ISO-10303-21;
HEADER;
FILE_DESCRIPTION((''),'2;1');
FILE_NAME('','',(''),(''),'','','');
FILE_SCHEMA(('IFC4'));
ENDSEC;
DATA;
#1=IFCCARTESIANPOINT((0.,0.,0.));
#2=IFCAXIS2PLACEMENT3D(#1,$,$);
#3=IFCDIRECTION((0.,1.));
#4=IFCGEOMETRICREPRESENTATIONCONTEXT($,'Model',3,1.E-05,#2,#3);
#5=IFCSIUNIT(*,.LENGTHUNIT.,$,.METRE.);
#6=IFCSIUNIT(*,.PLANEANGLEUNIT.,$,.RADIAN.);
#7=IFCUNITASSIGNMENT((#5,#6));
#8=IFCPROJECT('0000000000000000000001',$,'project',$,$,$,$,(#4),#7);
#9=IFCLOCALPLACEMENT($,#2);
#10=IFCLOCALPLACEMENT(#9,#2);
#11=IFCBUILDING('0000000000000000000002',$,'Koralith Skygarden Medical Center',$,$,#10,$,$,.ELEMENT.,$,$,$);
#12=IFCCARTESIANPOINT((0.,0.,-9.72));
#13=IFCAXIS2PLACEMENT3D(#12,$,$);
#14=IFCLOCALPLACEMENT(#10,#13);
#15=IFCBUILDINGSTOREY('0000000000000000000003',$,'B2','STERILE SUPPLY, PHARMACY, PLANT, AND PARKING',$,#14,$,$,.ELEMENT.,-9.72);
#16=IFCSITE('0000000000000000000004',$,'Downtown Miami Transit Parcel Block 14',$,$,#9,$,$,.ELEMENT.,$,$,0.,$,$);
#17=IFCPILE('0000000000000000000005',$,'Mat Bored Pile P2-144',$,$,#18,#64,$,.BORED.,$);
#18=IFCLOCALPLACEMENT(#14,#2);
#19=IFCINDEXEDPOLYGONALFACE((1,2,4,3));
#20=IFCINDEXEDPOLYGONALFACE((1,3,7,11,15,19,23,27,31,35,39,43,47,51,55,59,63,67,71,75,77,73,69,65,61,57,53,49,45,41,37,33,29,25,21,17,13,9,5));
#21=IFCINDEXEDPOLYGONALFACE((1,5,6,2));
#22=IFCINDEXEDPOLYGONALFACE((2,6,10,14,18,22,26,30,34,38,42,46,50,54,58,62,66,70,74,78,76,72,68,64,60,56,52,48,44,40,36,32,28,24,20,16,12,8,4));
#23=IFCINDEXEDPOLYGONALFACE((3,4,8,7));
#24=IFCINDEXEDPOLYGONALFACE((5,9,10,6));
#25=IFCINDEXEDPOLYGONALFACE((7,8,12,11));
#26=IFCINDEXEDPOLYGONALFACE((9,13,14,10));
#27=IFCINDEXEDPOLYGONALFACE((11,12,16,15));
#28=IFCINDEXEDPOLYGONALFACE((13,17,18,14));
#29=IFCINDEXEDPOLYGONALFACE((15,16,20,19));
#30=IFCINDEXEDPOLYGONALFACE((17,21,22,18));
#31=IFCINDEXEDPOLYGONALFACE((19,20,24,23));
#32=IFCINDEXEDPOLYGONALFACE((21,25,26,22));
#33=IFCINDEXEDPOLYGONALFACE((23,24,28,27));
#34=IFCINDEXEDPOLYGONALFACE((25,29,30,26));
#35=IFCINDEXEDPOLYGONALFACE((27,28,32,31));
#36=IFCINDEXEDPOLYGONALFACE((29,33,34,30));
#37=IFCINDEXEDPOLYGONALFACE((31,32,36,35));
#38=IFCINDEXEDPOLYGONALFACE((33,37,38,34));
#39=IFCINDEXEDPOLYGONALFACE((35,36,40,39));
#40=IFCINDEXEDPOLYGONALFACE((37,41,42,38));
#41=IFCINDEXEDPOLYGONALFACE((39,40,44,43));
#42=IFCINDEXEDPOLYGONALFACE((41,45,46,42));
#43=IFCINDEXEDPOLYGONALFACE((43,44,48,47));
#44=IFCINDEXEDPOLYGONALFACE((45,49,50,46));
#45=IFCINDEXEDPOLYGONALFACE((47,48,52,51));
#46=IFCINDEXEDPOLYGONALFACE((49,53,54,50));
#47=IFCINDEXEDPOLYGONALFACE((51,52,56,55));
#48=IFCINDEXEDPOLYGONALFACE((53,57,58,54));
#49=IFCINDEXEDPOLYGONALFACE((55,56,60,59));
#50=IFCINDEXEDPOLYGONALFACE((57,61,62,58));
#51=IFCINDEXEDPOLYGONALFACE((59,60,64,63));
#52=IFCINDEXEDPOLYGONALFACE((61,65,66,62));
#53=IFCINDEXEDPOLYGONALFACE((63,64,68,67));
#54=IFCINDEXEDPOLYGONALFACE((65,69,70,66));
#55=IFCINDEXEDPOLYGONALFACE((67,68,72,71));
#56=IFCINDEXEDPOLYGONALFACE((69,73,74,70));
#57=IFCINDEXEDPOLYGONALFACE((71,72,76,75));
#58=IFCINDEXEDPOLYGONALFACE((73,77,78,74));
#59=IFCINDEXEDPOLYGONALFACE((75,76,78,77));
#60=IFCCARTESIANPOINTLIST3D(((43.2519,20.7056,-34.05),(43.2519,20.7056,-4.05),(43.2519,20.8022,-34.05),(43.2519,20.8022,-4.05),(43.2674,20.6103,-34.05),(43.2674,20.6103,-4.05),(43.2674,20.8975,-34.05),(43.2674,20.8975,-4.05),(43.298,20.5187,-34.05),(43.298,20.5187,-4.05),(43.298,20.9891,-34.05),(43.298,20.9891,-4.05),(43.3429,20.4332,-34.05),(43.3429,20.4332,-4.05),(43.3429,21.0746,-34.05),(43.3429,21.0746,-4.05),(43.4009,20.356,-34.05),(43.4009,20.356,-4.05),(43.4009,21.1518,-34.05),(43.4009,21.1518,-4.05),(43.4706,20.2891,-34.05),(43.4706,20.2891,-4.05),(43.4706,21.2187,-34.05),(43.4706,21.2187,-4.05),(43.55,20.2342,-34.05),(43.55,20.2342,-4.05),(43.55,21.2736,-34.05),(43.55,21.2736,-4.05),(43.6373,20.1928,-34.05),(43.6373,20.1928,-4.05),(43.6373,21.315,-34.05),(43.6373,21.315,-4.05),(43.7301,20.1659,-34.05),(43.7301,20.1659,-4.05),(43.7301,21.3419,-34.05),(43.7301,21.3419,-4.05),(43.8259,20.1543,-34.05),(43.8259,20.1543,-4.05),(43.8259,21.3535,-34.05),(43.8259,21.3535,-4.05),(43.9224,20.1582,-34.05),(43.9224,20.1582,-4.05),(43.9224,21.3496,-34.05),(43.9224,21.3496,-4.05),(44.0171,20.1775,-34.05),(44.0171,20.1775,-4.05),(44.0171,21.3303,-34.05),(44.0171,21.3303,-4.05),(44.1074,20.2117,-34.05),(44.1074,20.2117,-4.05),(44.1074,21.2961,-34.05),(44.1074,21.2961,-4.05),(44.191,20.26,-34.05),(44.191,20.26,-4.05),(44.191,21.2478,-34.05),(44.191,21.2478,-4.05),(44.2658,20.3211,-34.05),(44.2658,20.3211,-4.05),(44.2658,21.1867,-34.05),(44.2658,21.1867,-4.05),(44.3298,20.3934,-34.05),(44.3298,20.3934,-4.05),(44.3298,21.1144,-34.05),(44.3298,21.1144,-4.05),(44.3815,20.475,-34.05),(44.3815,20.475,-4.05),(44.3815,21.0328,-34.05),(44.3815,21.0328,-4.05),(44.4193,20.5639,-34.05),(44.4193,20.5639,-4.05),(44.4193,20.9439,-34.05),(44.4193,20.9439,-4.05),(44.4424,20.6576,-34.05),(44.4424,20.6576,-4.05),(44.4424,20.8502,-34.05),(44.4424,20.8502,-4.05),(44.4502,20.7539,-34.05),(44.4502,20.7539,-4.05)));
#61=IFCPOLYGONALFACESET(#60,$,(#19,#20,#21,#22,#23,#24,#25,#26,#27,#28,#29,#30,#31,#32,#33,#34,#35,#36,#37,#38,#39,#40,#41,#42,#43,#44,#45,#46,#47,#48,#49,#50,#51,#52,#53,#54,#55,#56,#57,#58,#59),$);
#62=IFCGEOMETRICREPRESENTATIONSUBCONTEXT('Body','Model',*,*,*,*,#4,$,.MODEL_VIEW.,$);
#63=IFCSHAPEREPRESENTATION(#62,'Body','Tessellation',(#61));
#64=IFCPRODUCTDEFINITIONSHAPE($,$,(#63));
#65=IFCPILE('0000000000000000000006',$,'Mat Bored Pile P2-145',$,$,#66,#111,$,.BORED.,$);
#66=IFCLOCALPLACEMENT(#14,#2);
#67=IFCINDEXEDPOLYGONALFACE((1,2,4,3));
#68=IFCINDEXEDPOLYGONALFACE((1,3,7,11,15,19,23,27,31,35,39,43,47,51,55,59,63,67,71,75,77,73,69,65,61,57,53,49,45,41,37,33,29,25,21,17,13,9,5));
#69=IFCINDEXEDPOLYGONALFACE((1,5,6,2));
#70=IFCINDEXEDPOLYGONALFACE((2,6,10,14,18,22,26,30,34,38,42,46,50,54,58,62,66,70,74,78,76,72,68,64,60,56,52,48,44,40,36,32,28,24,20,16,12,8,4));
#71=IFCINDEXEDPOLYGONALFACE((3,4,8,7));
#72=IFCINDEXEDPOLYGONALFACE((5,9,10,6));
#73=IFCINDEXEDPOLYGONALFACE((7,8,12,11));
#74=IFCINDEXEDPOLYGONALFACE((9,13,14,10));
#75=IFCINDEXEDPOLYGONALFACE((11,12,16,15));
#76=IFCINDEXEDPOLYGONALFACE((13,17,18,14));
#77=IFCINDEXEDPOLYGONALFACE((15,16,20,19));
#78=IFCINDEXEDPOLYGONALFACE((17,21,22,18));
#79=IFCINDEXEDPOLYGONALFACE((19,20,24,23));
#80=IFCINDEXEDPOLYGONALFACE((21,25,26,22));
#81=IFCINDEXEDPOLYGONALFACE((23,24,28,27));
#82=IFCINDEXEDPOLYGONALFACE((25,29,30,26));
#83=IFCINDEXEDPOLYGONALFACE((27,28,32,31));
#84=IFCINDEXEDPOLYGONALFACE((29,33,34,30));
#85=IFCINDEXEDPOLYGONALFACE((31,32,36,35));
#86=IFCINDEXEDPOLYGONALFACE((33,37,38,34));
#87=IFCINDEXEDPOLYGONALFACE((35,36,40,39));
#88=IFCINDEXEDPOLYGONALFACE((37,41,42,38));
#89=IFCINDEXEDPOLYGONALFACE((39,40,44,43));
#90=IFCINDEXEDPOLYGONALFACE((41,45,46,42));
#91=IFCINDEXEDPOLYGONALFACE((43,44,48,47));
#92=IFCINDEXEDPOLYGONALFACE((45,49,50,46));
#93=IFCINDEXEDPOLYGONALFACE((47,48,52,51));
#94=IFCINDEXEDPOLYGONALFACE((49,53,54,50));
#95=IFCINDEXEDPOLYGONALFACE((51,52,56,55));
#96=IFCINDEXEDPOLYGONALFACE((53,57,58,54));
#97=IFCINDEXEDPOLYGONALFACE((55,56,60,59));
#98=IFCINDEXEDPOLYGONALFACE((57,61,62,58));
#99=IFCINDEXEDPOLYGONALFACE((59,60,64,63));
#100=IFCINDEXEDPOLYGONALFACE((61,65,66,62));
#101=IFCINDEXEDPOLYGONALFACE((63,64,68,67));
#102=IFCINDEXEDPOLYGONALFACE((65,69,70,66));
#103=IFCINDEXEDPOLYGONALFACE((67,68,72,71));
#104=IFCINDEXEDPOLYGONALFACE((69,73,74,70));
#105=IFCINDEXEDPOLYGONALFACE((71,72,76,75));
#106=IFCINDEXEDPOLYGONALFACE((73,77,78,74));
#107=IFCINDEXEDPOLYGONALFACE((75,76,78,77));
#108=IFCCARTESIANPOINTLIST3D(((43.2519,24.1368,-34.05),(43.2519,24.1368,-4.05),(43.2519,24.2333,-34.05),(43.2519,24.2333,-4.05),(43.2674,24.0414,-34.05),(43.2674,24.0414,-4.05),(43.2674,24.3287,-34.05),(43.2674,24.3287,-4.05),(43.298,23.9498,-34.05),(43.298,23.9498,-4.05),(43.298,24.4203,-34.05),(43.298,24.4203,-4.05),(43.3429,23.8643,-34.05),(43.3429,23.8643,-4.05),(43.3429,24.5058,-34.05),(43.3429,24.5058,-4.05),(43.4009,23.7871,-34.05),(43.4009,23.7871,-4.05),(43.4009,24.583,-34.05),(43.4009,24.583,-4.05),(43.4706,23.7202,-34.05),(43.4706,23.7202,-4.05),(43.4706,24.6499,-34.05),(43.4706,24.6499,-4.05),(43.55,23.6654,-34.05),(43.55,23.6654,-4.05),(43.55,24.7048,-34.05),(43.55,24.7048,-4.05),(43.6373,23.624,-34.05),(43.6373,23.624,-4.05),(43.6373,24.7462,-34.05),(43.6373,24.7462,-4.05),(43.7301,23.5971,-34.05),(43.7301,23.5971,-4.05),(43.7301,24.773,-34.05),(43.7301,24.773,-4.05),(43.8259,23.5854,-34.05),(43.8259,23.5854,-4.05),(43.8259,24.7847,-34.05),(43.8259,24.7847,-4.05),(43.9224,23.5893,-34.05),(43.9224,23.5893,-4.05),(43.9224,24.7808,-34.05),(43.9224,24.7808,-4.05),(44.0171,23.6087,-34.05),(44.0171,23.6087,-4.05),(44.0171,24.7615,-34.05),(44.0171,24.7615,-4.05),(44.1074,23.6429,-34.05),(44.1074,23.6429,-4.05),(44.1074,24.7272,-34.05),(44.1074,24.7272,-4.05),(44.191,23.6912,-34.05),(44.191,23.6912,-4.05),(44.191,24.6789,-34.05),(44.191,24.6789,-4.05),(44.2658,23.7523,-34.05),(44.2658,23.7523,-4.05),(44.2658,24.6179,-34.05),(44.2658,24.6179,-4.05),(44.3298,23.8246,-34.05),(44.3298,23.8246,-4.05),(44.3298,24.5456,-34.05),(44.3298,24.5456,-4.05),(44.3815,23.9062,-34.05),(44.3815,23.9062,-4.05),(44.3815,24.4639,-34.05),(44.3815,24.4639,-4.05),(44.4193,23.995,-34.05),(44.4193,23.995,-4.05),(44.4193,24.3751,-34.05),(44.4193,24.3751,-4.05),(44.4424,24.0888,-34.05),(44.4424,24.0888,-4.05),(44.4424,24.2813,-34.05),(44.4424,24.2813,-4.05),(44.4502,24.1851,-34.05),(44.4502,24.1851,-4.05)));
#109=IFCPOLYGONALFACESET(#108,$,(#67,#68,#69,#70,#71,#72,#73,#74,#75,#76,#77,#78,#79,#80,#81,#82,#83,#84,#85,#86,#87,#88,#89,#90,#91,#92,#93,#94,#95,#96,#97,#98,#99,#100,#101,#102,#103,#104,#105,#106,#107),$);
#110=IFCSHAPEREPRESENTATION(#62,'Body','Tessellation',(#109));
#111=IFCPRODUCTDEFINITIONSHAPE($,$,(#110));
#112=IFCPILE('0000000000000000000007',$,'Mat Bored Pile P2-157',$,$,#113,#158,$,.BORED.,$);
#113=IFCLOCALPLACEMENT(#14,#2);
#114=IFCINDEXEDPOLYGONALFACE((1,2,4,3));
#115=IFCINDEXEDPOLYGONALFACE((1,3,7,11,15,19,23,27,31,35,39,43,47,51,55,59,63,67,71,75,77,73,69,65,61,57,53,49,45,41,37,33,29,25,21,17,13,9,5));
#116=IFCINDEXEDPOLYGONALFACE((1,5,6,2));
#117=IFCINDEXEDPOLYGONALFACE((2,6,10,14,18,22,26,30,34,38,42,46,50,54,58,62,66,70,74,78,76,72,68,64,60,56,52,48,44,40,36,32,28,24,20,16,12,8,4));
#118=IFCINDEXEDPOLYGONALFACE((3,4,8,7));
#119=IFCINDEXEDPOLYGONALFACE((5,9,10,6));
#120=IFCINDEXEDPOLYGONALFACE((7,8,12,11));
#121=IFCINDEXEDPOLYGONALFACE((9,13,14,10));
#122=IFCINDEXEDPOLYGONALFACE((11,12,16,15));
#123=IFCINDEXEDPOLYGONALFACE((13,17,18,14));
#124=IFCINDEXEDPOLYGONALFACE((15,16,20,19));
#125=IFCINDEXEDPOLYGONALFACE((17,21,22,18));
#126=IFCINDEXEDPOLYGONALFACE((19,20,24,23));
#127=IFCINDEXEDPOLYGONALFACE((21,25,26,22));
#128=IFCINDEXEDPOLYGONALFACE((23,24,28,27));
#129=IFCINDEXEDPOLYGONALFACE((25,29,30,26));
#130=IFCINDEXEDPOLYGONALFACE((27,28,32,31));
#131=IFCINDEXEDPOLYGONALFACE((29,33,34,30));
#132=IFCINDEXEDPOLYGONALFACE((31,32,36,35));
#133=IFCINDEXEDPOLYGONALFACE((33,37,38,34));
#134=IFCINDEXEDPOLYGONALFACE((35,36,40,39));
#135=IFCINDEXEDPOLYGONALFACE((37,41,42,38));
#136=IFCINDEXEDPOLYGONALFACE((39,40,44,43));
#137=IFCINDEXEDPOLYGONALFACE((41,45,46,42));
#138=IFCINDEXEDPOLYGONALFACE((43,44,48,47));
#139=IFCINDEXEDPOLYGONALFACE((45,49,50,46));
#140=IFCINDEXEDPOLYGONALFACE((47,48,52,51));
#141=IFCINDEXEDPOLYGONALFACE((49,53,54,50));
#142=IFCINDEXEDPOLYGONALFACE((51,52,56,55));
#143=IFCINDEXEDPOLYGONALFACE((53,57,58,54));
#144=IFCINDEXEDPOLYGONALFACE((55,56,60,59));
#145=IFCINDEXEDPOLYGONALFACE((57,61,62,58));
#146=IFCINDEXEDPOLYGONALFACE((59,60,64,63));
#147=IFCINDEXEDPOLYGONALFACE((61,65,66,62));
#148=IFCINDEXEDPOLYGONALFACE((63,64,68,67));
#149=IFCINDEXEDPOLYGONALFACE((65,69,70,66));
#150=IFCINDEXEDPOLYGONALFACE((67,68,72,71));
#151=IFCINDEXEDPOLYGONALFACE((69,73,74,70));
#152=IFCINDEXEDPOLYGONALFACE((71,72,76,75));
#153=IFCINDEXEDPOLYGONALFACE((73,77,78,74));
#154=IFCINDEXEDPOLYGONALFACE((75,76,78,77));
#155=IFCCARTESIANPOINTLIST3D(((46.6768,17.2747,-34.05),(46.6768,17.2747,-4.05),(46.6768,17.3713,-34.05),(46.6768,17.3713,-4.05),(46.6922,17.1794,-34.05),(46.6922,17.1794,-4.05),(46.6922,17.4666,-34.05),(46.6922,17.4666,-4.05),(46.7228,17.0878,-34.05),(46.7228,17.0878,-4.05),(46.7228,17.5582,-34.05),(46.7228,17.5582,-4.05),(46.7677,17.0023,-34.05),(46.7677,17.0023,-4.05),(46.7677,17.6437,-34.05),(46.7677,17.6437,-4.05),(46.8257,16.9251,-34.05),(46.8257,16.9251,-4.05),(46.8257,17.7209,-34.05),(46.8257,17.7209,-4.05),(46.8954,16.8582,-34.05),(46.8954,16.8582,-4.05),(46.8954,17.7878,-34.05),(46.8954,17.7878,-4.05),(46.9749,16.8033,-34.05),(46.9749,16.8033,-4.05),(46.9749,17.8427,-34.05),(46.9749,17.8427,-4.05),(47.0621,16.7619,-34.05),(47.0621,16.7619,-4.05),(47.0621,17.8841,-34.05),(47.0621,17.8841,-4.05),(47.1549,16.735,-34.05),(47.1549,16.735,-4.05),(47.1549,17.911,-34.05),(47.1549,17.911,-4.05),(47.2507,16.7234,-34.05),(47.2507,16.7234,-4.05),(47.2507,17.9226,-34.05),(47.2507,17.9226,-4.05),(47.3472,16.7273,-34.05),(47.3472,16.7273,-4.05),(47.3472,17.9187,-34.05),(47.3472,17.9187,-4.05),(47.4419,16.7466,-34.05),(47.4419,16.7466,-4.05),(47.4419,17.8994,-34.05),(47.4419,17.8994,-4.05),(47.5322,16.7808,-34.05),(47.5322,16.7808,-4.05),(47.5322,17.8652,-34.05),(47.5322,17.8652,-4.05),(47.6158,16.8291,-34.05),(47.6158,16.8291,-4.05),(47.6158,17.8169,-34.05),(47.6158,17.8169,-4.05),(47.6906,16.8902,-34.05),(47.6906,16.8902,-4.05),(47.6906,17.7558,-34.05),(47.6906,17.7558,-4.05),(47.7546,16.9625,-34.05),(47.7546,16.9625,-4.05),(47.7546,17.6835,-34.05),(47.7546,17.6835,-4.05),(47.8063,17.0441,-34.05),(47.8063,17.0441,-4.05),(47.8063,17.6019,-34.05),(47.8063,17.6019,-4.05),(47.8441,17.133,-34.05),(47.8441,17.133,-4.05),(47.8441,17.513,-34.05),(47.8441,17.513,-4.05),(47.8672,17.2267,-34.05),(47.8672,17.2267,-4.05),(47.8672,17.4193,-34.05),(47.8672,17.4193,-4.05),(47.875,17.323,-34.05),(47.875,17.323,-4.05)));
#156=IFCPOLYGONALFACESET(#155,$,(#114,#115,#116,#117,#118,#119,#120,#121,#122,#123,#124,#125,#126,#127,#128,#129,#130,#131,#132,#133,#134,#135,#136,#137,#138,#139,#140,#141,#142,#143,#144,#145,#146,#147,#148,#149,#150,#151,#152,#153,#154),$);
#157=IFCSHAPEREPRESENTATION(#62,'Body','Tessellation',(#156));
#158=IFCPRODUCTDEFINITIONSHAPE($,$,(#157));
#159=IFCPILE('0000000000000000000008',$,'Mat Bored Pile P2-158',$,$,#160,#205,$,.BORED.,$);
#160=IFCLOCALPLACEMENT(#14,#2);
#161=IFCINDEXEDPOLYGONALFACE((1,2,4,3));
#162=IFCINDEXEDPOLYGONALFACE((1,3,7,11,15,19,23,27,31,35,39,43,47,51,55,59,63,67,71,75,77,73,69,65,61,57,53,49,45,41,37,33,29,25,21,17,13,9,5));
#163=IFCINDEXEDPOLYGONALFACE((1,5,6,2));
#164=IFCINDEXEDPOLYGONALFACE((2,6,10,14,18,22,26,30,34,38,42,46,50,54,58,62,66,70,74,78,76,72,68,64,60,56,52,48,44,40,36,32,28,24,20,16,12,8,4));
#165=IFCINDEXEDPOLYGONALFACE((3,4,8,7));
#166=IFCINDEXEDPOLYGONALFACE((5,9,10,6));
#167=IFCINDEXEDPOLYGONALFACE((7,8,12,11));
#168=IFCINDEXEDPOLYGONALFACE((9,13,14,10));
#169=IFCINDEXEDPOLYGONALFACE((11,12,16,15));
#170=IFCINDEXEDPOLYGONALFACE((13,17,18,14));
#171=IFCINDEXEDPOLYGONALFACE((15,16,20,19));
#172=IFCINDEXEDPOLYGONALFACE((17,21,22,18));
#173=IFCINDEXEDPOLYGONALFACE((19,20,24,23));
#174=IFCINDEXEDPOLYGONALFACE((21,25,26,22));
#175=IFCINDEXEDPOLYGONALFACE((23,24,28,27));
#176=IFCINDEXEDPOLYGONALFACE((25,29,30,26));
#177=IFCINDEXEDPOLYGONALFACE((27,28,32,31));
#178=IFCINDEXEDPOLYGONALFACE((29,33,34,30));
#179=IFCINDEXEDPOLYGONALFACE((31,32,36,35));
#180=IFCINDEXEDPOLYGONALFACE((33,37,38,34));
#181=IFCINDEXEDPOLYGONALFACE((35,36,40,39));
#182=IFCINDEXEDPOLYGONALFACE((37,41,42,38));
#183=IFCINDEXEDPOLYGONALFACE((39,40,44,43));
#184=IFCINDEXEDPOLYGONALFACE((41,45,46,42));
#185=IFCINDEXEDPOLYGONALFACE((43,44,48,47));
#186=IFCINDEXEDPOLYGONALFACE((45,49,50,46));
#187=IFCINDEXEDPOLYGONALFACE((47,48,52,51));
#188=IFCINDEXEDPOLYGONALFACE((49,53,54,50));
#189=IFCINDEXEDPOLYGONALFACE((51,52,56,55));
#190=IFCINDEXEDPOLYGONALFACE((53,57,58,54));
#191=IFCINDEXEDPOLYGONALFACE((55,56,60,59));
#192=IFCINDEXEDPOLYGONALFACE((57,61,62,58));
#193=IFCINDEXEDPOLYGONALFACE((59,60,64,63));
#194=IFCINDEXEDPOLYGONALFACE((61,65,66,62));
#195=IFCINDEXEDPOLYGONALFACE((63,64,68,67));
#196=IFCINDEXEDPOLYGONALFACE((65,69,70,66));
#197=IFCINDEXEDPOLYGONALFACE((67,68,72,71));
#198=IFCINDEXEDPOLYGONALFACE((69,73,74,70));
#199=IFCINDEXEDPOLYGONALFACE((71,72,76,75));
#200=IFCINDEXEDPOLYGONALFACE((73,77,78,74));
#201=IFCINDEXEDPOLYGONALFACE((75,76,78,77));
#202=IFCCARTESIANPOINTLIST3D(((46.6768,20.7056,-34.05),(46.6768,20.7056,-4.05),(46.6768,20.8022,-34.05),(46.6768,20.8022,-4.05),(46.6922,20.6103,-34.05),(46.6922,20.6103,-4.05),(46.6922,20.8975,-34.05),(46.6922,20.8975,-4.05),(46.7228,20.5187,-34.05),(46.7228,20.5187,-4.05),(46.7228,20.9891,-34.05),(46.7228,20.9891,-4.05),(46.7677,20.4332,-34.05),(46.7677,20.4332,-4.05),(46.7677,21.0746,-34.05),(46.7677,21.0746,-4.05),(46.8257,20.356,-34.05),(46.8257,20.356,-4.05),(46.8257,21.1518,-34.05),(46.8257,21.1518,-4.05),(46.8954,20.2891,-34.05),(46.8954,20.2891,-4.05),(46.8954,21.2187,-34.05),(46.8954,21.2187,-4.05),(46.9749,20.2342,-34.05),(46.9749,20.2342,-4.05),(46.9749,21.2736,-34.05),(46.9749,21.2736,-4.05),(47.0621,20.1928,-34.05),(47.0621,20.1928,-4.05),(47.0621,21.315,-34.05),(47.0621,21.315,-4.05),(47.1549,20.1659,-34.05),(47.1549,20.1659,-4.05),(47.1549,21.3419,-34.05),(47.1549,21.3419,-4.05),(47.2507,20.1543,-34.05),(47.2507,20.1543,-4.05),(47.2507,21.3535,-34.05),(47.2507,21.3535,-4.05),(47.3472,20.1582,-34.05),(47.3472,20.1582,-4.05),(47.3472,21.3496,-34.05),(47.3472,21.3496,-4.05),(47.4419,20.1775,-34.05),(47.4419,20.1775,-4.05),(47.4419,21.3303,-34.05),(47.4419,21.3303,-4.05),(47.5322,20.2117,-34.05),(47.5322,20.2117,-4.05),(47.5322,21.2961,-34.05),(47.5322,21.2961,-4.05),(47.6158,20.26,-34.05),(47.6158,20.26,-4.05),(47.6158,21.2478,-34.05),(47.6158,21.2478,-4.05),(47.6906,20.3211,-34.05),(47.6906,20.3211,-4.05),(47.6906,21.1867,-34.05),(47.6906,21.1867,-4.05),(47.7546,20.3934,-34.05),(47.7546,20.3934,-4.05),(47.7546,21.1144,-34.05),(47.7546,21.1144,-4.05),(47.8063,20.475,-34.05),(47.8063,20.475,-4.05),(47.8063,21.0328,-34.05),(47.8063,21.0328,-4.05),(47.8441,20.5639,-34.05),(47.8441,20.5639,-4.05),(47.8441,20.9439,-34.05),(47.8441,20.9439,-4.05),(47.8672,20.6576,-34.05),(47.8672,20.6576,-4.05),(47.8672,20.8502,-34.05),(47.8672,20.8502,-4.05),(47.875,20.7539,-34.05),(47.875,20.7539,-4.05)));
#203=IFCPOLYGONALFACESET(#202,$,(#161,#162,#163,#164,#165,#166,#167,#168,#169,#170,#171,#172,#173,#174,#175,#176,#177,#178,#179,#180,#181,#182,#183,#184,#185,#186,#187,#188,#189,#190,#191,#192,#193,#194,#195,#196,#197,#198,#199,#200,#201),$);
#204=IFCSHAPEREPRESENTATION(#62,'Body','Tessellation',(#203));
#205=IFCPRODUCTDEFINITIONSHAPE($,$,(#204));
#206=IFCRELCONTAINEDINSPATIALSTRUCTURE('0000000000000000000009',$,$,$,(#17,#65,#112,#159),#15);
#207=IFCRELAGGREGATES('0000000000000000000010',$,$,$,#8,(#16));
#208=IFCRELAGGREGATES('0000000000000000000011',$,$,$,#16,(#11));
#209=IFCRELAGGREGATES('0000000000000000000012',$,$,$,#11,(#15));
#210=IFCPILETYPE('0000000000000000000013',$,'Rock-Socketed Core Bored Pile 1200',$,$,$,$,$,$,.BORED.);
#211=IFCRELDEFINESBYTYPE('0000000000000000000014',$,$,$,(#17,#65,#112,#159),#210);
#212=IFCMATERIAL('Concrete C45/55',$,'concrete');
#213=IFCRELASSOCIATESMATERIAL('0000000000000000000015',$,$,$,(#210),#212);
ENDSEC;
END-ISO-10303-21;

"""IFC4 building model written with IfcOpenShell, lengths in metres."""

from ifc_helpers import new_model, si_unit, direction, frame, origin, origin_2d, place, context, subcontext, project, spatial, circle, extrude, material, material_profile, profile_set, type_object, element, save


model = new_model("IFC4")

# Units and contexts
model_context = context("Model", 3, precision=1e-05, world=origin(), true_north=direction((0.0, 1.0)))
body_context = subcontext(model_context, "Body", "Model", "MODEL_VIEW")
ifc_project = project(units=[si_unit("LENGTHUNIT", "METRE"), si_unit("PLANEANGLEUNIT", "RADIAN")], contexts=[model_context])

# Site, building, storey
site_placement = place(None, origin())
site = spatial("IfcSite", under=ifc_project, at=site_placement, Name="Downtown Miami Transit Parcel Block 14", CompositionType="ELEMENT", RefElevation=0.0)
building_placement = place(site_placement, origin())
building = spatial("IfcBuilding", under=site, at=building_placement, Name="Koralith Skygarden Medical Center", CompositionType="ELEMENT")
storey_placement = place(building_placement, frame((0.0, 0.0, -9.72)))
storey = spatial("IfcBuildingStorey", under=building, at=storey_placement, Name="B2", Description="STERILE SUPPLY, PHARMACY, PLANT, AND PARKING", CompositionType="ELEMENT", Elevation=-9.72)

# Piles
ifc_material_1 = material(Name="Concrete C45/55", Category="concrete")
ifc_material_profile_1 = material_profile(ifc_material_1, circle(Radius=0.6001, at=origin_2d()), Name="PILE1200")
ifc_profile_set_1 = profile_set([ifc_material_profile_1], Name="Concrete C45/55")
pile_type_1 = type_object("IfcPileType", Name="Rock-Socketed Core Bored Pile 1200", PredefinedType="BORED", material=ifc_profile_set_1)
for number, where, z_axis, x_axis, name in (
    (1, (43.8501, 20.7539, -4.05), (0.0, 0.0, -1.0), (1.0, 0.0, 0.0), "Mat Bored Pile P2-144"),
    (2, (43.8501, 24.1851, -4.05), (0.0, 0.0, -1.0), (1.0, 0.0, 0.0), "Mat Bored Pile P2-145"),
    (3, (47.2749, 17.323, -4.05), (0.0, 0.0, -1.0), (1.0, 0.0, 0.0), "Mat Bored Pile P2-157"),
    (4, (47.2749, 20.7539, -4.05), (0.0, 0.0, -1.0), (1.0, 0.0, 0.0), "Mat Bored Pile P2-158"),
):
    element("IfcPile", number, at=place(storey_placement, frame(where, z_axis=z_axis, x_axis=x_axis)), inside=storey, type_object=pile_type_1, Name=name, PredefinedType="BORED", context=body_context, shape_type="SweptSolid", body=[
        extrude(circle(Radius=0.6001, at=origin_2d()), origin(), (0.0, 0.0, 1.0), 30.0),
    ])

save(model, "model.ifc")
